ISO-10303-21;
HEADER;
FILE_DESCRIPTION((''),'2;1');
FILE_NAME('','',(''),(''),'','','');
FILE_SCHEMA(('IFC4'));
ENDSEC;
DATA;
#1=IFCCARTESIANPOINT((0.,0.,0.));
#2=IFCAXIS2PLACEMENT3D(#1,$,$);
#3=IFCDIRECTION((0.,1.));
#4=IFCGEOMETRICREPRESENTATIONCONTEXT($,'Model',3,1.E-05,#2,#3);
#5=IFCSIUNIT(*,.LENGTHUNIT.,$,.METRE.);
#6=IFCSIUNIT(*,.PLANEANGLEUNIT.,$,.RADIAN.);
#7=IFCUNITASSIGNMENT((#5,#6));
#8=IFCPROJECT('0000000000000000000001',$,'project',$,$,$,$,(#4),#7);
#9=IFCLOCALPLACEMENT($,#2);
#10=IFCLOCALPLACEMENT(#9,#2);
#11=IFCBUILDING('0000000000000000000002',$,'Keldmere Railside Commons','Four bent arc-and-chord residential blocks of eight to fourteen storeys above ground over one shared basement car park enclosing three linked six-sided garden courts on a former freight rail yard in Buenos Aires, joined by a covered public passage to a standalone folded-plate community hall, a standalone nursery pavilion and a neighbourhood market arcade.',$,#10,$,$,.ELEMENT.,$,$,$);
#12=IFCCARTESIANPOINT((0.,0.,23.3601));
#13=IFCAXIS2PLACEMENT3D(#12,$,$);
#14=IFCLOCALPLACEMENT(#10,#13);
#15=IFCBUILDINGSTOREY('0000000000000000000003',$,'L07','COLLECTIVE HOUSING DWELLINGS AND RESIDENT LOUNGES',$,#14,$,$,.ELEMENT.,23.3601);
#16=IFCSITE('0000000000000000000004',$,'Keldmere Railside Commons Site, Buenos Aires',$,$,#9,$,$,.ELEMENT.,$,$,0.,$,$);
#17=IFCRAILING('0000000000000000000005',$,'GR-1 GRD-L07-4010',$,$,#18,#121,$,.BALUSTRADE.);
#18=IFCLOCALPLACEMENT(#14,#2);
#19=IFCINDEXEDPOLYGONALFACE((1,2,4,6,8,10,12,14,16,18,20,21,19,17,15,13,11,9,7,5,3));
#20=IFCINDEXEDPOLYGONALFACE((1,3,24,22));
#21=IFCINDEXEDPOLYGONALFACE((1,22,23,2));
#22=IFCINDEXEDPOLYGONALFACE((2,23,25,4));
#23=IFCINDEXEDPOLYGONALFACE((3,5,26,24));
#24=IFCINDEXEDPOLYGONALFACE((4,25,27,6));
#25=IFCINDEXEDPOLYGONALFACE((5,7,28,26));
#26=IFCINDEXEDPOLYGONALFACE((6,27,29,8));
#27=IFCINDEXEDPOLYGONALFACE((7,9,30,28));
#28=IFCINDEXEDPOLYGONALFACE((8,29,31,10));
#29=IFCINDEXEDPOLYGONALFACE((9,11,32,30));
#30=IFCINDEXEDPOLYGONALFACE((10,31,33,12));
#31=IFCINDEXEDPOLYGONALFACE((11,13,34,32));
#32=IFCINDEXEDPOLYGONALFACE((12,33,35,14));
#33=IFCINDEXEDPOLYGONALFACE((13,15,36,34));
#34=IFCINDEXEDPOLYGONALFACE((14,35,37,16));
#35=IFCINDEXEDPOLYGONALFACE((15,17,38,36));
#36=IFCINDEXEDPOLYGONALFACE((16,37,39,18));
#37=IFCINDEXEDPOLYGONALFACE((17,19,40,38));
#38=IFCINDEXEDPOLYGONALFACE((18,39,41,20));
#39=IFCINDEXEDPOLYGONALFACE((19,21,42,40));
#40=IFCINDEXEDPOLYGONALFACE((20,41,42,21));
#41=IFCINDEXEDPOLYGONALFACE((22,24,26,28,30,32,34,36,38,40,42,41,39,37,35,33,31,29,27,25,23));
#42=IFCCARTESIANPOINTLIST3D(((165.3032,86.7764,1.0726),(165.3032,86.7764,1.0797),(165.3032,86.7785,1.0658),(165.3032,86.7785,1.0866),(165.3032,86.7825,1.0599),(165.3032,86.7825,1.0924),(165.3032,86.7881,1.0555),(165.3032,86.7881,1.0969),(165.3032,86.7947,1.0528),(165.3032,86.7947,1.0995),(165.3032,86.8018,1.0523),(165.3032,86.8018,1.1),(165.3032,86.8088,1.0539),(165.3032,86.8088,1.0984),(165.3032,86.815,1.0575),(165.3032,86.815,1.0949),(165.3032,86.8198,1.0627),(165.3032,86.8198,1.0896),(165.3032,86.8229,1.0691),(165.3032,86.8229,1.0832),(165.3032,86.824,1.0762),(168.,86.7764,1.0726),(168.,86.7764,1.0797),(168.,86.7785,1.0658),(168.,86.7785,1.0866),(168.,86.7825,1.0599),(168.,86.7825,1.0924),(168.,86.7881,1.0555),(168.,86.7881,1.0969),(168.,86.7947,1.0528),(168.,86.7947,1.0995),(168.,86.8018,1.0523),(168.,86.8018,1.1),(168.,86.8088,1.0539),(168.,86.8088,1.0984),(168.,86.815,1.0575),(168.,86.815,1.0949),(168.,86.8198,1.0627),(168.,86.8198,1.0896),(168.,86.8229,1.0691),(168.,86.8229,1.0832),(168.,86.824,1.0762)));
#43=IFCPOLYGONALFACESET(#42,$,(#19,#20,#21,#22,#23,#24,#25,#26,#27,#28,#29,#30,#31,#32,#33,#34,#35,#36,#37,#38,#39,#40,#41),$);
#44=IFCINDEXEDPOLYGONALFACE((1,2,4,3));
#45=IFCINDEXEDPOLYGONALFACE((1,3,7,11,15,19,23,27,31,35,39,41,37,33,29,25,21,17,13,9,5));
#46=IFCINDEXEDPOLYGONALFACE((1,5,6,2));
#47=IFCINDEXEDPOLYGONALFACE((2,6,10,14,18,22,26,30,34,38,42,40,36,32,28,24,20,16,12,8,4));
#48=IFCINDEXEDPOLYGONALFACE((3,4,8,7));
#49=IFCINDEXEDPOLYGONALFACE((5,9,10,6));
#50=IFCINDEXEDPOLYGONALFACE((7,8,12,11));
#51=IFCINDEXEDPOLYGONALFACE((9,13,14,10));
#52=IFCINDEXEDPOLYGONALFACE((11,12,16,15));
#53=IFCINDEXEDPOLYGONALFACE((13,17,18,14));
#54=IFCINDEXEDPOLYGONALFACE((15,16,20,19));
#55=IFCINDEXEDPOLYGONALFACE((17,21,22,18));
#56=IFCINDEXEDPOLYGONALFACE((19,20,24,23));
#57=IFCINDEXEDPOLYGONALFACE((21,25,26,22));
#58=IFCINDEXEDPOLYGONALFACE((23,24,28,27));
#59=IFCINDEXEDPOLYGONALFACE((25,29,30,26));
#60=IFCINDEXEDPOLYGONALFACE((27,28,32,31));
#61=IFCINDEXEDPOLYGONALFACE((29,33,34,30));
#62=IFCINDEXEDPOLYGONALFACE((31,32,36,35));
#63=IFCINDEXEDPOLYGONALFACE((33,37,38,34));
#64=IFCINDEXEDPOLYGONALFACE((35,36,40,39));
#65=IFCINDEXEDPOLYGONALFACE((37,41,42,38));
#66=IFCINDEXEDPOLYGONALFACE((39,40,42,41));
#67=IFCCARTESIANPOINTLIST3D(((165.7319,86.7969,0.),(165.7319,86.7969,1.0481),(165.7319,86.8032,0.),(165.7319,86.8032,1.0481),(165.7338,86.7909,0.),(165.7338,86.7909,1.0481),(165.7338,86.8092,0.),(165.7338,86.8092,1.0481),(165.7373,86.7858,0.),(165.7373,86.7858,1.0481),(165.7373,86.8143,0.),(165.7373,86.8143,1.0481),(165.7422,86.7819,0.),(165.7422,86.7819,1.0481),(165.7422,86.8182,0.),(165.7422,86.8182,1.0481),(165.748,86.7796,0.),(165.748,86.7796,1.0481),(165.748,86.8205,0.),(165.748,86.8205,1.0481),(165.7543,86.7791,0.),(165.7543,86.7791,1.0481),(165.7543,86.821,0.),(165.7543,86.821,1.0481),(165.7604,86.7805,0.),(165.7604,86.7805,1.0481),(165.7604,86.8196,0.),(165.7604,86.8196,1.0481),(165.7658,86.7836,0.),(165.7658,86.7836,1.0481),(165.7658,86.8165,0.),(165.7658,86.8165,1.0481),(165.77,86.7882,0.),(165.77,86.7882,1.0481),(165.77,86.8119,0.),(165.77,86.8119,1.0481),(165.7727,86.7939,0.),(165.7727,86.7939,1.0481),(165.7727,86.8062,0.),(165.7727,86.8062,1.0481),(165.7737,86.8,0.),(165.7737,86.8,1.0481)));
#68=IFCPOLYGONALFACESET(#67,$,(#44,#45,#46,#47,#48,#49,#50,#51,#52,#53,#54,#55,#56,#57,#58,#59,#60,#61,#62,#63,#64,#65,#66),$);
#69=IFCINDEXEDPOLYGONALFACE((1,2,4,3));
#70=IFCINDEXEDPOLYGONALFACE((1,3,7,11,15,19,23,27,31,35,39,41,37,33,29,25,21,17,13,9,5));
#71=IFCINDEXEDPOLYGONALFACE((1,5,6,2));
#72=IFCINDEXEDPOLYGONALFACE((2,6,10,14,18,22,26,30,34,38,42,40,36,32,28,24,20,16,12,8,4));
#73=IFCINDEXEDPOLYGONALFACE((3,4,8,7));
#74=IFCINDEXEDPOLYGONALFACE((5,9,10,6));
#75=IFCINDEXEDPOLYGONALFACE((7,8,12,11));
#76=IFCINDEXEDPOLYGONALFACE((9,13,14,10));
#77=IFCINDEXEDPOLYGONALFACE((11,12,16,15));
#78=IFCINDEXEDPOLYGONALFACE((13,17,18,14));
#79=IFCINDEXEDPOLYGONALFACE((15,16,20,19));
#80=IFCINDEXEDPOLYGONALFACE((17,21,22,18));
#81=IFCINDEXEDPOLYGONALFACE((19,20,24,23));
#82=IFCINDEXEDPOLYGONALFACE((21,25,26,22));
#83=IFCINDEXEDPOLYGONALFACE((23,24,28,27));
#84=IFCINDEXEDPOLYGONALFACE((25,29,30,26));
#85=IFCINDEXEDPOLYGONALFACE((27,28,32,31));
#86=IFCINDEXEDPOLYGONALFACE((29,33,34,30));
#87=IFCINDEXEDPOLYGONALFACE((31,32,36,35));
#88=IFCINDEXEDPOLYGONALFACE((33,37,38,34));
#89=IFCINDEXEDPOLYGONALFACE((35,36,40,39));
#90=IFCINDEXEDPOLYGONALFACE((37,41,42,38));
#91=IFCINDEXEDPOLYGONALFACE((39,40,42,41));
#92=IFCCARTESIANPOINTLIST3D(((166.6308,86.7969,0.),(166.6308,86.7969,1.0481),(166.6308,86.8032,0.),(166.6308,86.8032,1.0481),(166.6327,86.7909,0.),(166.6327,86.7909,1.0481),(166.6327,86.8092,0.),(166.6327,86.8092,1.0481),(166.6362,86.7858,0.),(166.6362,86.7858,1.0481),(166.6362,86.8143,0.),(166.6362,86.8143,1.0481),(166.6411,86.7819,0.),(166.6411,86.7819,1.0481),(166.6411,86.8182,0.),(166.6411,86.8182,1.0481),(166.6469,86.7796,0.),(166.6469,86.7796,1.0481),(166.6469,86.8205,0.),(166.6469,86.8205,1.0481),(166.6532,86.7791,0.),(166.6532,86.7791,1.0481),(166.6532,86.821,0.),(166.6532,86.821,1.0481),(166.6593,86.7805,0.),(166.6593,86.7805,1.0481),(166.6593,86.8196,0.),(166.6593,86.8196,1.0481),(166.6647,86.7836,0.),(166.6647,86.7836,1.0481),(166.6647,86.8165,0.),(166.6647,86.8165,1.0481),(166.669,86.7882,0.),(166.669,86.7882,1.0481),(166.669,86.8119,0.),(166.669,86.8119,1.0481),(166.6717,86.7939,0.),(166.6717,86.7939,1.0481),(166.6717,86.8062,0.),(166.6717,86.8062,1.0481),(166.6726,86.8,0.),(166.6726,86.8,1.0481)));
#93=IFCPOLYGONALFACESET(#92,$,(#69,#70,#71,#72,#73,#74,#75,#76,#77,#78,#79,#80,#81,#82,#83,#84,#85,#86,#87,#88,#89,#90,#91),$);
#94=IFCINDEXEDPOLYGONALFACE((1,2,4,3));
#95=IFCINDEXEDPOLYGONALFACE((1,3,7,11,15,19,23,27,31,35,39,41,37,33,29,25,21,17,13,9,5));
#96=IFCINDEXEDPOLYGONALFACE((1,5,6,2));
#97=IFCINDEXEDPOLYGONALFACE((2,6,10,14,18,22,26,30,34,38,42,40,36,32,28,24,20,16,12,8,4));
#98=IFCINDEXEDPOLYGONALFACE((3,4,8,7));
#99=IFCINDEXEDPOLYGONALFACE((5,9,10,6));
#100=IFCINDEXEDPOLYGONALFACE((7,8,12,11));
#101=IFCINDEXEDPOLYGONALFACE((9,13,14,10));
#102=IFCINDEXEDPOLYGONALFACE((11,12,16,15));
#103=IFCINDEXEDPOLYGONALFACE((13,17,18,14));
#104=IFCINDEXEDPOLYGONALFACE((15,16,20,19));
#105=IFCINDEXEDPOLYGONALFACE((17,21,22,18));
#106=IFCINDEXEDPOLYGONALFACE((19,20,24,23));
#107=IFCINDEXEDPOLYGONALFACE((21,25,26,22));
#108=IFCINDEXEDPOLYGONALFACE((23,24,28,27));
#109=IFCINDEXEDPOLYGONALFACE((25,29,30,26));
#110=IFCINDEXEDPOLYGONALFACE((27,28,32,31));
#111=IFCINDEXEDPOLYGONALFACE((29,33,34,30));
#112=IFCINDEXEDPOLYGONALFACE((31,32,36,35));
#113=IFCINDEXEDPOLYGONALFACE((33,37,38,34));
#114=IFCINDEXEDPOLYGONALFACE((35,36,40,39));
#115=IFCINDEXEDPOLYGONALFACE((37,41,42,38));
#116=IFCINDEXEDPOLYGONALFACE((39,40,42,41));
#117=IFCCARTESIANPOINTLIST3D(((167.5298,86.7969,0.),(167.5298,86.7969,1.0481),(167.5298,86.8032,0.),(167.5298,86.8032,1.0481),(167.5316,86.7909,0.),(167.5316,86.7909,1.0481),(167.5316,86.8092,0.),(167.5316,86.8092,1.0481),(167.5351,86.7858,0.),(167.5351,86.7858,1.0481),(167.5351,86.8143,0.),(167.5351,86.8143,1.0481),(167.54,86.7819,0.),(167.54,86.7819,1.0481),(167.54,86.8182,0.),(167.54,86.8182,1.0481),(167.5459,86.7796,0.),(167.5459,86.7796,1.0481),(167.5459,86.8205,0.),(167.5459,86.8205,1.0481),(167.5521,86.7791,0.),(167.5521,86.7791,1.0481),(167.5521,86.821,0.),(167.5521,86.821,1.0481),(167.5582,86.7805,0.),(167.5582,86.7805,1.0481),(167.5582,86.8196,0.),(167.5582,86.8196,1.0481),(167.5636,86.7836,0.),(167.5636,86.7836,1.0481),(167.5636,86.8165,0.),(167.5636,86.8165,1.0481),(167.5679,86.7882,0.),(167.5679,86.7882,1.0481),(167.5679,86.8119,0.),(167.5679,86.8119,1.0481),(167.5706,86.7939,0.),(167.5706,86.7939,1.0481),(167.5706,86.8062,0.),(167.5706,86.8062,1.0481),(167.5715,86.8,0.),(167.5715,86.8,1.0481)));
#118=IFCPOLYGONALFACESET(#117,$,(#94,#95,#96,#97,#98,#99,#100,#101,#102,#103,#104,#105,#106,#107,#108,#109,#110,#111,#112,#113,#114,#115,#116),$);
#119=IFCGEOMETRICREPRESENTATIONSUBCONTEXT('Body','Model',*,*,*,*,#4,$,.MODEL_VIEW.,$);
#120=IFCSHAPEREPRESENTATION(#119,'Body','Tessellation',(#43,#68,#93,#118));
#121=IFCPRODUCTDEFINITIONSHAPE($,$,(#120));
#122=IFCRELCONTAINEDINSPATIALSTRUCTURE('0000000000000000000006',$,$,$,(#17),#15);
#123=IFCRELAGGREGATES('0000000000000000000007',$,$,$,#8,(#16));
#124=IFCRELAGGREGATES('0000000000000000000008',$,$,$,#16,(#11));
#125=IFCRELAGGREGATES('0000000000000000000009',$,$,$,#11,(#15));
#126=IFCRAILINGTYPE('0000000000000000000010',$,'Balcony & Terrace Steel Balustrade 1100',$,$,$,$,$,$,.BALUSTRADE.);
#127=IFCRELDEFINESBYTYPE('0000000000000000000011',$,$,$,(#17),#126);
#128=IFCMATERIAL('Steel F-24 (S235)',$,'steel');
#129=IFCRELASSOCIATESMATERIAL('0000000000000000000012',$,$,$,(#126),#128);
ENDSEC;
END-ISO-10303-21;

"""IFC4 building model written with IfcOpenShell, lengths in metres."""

from ifc_helpers import new_model, si_unit, direction, frame, origin, origin_2d, place, context, subcontext, project, spatial, circle, extrude, material, type_object, element, save


model = new_model("IFC4")

# Units and contexts
model_context = context("Model", 3, precision=1e-05, world=origin(), true_north=direction((0.0, 1.0)))
body_context = subcontext(model_context, "Body", "Model", "MODEL_VIEW")
ifc_project = project(units=[si_unit("LENGTHUNIT", "METRE"), si_unit("PLANEANGLEUNIT", "RADIAN")], contexts=[model_context])

# Site, building, storey
site_placement = place(None, origin())
site = spatial("IfcSite", under=ifc_project, at=site_placement, Name="Keldmere Railside Commons Site, Buenos Aires", CompositionType="ELEMENT", RefElevation=0.0)
building_placement = place(site_placement, origin())
building = spatial("IfcBuilding", under=site, at=building_placement, Name="Keldmere Railside Commons", Description="Four bent arc-and-chord residential blocks of eight to fourteen storeys above ground over one shared basement car park enclosing three linked six-sided garden courts on a former freight rail yard in Buenos Aires, joined by a covered public passage to a standalone folded-plate community hall, a standalone nursery pavilion and a neighbourhood market arcade.", CompositionType="ELEMENT")
storey_placement = place(building_placement, frame((0.0, 0.0, 23.3601)))
storey = spatial("IfcBuildingStorey", under=building, at=storey_placement, Name="L07", Description="COLLECTIVE HOUSING DWELLINGS AND RESIDENT LOUNGES", CompositionType="ELEMENT", Elevation=23.3601)

# Railing
ifc_material_1 = material(Name="Steel F-24 (S235)", Category="steel")
railing_type = type_object("IfcRailingType", Name="Balcony & Terrace Steel Balustrade 1100", PredefinedType="BALUSTRADE", material=ifc_material_1)
railing_1_placement = place(storey_placement, frame((165.3032, 86.8, 0.0)))
element("IfcRailing", 1, at=railing_1_placement, inside=storey, type_object=railing_type, Name="GR-1 GRD-L07-4010", PredefinedType="BALUSTRADE", context=body_context, shape_type="SweptSolid", body=[
    extrude(circle(Radius=0.0239, at=origin_2d()), frame((0.0, 0.0, 1.0762), z_axis=(1.0, 0.0, 0.0), x_axis=(0.0, 1.0, 0.0)), (0.0, 0.0, 1.0), 2.6968),
    extrude(circle(Radius=0.021, at=origin_2d()), frame((0.4495, 0.0, 0.0)), (0.0, 0.0, 1.0), 1.0481),
    extrude(circle(Radius=0.021, at=origin_2d()), frame((1.3484, 0.0, 0.0)), (0.0, 0.0, 1.0), 1.0481),
    extrude(circle(Radius=0.021, at=origin_2d()), frame((2.2473, 0.0, 0.0)), (0.0, 0.0, 1.0), 1.0481),
])

save(model, "model.ifc")
